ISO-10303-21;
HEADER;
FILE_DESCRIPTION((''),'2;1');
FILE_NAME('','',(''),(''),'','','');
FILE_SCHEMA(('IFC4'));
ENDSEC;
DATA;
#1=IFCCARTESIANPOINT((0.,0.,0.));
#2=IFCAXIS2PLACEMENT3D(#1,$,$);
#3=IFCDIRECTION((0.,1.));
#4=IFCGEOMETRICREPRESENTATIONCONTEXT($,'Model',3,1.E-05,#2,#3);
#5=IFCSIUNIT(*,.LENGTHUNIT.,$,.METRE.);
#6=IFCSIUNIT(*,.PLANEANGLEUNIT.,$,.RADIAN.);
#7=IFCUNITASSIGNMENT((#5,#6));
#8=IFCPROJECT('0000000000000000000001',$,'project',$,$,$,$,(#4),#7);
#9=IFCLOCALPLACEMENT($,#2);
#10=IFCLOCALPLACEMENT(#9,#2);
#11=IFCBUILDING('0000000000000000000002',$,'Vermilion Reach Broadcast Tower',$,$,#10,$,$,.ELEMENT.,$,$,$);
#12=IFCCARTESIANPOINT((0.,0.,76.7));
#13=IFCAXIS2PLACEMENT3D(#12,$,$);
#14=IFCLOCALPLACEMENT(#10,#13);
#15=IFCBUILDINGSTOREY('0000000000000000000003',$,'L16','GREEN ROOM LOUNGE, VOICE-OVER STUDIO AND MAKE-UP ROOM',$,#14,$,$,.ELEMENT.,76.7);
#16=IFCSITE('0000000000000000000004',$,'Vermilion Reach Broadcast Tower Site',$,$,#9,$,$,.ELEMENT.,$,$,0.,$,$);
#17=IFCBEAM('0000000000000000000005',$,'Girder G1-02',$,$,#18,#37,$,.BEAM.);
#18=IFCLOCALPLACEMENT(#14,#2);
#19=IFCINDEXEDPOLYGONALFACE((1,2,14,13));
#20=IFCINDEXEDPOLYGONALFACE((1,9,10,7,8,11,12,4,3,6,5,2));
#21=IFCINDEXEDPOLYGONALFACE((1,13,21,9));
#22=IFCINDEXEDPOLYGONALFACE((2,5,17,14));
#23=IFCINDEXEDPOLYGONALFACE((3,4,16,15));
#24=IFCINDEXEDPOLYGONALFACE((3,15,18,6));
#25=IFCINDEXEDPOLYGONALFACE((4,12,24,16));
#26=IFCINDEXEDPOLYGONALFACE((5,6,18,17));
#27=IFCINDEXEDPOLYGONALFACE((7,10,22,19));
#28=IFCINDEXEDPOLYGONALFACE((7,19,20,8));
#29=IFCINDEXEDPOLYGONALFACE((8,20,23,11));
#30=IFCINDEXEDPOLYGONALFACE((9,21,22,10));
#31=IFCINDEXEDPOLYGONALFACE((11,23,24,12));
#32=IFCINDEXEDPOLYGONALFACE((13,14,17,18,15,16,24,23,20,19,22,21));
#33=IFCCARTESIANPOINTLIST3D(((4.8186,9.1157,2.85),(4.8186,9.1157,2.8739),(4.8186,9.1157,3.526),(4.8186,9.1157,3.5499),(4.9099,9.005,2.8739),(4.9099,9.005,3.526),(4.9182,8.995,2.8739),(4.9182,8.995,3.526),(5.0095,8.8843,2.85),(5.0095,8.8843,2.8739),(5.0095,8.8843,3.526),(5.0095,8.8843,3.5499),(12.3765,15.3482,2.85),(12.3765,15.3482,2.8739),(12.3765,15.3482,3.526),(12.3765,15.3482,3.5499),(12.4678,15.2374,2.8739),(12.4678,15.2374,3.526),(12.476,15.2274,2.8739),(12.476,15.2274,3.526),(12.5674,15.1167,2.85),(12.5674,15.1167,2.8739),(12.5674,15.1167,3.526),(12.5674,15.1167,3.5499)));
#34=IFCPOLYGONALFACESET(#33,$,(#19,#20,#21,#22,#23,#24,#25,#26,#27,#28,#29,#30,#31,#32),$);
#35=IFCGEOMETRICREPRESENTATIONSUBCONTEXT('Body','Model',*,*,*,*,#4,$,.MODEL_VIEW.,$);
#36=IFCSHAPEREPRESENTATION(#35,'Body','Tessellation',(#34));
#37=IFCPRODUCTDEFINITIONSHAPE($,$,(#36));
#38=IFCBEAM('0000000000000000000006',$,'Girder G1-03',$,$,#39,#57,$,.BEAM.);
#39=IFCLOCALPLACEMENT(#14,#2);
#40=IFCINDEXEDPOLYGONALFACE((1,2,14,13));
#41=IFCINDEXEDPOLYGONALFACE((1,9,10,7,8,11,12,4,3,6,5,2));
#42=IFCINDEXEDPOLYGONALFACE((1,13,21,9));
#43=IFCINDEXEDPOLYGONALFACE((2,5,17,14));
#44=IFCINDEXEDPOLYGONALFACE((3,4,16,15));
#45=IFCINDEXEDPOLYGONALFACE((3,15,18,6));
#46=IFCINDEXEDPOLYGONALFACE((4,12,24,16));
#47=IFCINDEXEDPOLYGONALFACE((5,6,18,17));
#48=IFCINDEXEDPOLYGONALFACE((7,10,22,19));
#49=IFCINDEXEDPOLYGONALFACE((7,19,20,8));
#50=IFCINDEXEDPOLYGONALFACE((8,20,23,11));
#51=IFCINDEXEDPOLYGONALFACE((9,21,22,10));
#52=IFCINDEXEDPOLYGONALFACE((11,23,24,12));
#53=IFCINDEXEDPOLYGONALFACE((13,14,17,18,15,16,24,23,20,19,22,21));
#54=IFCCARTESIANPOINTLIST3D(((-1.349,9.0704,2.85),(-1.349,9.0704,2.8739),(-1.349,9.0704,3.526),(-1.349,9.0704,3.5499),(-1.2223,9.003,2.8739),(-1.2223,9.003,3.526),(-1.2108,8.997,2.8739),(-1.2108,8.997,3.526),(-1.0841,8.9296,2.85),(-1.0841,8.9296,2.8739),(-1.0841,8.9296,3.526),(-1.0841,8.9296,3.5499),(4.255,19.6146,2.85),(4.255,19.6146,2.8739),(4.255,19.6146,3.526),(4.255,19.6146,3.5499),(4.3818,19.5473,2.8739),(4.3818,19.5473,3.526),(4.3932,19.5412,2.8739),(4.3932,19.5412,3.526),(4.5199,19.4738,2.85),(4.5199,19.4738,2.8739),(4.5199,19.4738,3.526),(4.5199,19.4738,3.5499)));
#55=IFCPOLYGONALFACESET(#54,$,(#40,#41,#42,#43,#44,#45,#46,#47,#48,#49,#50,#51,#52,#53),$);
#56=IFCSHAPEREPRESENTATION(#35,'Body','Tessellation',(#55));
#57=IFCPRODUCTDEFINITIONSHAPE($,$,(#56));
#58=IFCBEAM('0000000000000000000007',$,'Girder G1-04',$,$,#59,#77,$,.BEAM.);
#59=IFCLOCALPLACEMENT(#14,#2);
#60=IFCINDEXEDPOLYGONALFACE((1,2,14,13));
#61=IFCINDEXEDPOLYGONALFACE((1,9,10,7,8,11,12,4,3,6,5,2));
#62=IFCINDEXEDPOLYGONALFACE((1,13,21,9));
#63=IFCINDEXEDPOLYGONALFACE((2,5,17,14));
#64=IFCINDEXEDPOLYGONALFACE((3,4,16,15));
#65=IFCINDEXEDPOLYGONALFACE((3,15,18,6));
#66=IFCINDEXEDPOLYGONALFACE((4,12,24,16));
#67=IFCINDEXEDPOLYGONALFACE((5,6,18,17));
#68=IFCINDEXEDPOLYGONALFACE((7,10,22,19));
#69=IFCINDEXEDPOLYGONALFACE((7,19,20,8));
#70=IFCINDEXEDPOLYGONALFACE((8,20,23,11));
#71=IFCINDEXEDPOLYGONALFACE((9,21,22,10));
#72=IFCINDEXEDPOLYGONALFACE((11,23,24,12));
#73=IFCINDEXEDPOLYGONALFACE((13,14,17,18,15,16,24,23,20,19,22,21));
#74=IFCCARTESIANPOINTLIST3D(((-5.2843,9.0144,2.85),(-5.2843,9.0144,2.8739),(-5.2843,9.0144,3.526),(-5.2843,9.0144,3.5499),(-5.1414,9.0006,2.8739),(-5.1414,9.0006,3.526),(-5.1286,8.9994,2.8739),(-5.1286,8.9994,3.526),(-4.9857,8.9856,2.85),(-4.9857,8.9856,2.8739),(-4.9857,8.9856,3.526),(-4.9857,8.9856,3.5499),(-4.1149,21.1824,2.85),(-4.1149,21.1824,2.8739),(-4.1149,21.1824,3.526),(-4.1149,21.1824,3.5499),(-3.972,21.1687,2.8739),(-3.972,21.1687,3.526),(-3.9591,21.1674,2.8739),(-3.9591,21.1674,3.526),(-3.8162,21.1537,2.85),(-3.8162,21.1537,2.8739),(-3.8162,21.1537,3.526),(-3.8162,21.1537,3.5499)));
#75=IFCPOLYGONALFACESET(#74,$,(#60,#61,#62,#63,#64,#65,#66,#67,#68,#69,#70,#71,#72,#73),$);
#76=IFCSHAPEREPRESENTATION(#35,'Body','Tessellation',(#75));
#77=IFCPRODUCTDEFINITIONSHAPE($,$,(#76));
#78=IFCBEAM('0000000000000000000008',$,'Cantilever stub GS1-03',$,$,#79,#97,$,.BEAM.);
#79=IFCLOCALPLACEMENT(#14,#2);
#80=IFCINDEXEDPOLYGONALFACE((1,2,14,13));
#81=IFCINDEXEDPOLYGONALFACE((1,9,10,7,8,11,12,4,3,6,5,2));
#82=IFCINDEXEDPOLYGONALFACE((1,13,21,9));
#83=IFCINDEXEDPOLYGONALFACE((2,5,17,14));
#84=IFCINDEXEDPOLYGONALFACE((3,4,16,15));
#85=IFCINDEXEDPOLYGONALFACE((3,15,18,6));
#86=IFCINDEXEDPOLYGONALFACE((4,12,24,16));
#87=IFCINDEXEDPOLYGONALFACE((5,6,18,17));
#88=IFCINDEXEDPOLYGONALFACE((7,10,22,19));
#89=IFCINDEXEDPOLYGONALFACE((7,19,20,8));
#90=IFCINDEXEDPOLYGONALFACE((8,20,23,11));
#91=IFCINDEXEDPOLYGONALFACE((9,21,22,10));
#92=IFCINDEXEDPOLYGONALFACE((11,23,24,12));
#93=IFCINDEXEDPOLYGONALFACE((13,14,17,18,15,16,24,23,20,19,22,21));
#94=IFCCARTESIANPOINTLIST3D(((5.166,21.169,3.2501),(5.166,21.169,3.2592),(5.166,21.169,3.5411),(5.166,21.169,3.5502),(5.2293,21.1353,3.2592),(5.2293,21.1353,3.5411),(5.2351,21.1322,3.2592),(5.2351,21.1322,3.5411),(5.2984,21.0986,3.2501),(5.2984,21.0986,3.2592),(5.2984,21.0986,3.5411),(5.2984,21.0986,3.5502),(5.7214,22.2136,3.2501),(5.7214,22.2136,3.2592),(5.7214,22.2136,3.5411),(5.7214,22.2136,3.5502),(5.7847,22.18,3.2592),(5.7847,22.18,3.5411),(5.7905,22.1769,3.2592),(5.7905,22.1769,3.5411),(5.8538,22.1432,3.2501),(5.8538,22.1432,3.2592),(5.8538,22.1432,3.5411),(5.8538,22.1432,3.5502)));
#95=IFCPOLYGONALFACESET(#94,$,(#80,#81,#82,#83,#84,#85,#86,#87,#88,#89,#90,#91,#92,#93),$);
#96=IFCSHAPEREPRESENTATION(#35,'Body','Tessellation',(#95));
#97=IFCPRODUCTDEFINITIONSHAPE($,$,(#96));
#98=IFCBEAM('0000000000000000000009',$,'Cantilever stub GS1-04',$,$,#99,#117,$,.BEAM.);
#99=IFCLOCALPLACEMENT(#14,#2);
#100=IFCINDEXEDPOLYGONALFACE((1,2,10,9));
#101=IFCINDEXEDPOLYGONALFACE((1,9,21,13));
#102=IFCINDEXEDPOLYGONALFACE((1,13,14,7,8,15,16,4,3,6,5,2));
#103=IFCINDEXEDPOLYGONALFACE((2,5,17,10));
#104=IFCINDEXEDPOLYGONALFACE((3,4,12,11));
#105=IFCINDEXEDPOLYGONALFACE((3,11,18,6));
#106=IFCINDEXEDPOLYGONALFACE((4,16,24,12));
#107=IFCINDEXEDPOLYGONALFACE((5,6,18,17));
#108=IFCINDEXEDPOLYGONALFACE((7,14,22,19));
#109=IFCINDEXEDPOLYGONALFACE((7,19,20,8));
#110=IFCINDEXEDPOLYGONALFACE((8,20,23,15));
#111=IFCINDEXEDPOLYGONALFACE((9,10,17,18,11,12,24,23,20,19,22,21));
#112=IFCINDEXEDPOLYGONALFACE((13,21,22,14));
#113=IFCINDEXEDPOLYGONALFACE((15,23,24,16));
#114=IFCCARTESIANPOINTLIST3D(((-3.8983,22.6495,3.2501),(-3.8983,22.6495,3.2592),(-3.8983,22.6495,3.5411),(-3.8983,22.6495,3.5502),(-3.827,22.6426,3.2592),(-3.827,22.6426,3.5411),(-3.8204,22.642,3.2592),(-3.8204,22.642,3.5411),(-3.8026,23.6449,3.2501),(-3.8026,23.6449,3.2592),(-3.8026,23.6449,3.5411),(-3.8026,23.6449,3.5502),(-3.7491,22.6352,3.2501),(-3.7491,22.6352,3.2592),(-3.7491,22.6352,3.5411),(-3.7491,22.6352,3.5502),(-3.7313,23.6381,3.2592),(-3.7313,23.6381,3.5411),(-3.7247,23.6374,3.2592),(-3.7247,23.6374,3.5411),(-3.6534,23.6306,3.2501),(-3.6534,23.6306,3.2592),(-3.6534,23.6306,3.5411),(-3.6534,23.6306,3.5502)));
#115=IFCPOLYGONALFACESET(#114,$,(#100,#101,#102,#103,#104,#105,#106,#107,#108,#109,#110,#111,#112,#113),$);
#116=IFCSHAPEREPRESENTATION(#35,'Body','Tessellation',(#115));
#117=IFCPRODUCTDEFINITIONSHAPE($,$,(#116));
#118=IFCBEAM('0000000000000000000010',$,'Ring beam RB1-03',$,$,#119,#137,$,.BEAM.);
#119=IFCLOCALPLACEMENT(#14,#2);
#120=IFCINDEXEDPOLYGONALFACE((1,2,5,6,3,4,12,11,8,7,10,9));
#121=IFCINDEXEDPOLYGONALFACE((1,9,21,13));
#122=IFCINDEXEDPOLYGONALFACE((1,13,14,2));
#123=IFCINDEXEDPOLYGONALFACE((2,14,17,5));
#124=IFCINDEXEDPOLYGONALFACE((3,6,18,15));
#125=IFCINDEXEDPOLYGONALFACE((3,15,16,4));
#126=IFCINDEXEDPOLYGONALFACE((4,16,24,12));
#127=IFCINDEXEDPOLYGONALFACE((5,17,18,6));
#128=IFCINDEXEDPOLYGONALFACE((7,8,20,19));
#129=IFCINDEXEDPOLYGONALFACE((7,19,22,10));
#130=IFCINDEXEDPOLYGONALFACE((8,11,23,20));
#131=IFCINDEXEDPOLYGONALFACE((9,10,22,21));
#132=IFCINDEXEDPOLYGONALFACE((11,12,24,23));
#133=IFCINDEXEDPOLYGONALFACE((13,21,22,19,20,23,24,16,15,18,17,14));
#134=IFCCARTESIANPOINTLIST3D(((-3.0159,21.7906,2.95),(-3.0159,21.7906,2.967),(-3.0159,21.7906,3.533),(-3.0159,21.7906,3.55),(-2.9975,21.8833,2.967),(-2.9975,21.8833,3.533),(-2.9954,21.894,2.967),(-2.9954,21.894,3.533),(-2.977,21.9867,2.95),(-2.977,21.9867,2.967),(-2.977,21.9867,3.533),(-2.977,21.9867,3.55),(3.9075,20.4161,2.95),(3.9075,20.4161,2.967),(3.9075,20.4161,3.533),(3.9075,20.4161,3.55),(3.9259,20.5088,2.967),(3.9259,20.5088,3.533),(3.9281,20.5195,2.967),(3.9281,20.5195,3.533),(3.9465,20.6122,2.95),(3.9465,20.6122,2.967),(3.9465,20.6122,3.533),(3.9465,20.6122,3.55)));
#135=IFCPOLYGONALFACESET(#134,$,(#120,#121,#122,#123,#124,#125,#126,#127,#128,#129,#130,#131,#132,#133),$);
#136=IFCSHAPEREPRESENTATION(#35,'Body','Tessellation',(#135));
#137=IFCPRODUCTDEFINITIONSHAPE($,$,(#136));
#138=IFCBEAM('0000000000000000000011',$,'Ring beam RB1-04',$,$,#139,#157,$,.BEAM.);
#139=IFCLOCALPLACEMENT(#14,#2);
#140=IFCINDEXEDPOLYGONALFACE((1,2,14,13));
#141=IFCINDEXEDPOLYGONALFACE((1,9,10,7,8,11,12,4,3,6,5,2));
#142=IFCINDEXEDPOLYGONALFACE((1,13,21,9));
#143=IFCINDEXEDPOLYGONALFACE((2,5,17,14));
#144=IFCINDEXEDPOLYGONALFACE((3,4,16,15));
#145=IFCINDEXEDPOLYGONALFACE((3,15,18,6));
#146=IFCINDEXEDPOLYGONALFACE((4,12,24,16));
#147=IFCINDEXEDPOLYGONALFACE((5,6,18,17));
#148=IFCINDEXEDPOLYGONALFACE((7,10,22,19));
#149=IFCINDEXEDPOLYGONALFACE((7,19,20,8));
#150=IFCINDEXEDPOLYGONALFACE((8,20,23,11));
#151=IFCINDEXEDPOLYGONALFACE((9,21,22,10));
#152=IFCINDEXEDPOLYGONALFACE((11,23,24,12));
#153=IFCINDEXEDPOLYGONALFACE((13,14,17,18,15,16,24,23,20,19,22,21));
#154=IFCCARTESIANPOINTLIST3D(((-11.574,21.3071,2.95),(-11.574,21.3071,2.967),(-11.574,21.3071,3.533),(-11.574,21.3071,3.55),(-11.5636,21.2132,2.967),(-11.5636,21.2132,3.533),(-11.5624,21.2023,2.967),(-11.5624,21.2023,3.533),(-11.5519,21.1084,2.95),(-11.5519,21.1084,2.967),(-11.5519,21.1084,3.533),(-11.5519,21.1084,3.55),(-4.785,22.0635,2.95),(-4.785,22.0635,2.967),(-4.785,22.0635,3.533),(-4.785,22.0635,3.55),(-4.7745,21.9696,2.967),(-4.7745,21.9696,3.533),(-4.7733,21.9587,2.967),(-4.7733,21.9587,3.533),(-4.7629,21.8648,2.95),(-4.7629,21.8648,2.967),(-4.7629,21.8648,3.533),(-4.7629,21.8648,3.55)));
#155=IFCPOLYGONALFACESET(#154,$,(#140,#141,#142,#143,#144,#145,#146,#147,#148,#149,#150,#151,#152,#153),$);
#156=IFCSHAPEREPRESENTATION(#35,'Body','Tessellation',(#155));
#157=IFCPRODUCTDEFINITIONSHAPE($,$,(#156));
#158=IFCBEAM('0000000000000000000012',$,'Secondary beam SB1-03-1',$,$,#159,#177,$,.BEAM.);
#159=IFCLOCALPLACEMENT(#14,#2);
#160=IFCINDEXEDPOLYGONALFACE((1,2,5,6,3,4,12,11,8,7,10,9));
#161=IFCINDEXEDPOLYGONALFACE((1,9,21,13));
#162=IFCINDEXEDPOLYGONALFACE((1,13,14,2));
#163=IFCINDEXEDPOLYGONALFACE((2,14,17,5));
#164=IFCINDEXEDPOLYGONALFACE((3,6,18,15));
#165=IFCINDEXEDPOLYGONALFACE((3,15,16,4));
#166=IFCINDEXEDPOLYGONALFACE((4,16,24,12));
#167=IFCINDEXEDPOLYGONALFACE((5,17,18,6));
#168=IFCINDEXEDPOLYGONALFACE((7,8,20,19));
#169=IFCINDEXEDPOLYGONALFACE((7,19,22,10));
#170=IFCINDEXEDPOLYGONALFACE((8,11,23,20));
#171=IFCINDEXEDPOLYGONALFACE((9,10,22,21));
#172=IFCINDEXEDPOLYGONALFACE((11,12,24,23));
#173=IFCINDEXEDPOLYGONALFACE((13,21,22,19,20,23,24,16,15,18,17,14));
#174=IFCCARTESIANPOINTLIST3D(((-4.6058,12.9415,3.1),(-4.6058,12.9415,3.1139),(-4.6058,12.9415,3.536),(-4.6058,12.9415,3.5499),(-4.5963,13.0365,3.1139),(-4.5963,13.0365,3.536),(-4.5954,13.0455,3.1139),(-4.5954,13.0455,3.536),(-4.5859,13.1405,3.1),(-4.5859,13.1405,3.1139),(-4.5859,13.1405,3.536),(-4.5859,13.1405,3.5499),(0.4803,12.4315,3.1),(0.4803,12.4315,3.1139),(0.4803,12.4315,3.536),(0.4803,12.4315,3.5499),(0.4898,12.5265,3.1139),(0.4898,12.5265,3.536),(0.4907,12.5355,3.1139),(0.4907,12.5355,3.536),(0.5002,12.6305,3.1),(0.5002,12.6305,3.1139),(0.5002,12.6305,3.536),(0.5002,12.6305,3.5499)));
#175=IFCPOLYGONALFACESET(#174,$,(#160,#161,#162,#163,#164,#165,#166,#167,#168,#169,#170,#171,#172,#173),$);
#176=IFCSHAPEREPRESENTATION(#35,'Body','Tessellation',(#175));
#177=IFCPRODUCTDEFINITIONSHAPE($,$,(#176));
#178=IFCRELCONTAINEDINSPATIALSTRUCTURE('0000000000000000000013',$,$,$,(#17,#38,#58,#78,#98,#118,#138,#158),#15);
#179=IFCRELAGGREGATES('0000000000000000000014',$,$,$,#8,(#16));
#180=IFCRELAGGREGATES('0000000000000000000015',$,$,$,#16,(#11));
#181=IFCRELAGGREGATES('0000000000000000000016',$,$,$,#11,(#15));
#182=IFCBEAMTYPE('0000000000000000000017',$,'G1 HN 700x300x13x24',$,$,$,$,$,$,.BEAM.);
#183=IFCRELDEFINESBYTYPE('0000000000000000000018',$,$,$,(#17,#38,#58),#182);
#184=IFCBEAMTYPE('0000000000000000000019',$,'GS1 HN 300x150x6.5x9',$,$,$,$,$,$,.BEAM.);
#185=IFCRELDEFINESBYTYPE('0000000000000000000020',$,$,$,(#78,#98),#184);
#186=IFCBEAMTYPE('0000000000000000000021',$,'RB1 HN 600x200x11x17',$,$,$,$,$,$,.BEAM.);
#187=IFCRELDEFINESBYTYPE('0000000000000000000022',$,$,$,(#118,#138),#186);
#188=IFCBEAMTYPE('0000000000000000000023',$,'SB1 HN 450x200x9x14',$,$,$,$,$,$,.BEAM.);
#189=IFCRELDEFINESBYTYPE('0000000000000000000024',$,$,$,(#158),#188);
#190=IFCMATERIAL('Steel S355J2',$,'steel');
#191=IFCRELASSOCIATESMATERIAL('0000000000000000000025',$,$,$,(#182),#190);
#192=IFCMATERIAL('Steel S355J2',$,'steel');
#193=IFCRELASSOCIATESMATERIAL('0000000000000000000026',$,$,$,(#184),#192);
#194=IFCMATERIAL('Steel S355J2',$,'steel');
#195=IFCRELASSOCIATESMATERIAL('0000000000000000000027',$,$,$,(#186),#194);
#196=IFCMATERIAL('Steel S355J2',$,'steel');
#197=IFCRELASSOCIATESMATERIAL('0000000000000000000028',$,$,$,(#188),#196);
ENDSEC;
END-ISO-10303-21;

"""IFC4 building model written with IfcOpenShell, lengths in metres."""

from ifc_helpers import new_model, si_unit, direction, frame, origin, origin_2d, place, context, subcontext, project, spatial, i_section, extrude, material, material_profile, profile_set, type_object, element, save


model = new_model("IFC4")

# Units and contexts
model_context = context("Model", 3, precision=1e-05, world=origin(), true_north=direction((0.0, 1.0)))
body_context = subcontext(model_context, "Body", "Model", "MODEL_VIEW")
ifc_project = project(units=[si_unit("LENGTHUNIT", "METRE"), si_unit("PLANEANGLEUNIT", "RADIAN")], contexts=[model_context])

# Site, building, storey
site_placement = place(None, origin())
site = spatial("IfcSite", under=ifc_project, at=site_placement, Name="Vermilion Reach Broadcast Tower Site", CompositionType="ELEMENT", RefElevation=0.0)
building_placement = place(site_placement, origin())
building = spatial("IfcBuilding", under=site, at=building_placement, Name="Vermilion Reach Broadcast Tower", CompositionType="ELEMENT")
storey_placement = place(building_placement, frame((0.0, 0.0, 76.7)))
storey = spatial("IfcBuildingStorey", under=building, at=storey_placement, Name="L16", Description="GREEN ROOM LOUNGE, VOICE-OVER STUDIO AND MAKE-UP ROOM", CompositionType="ELEMENT", Elevation=76.7)

# Beams
ifc_material_1 = material(Name="Steel S355J2", Category="steel")
ifc_material_profile_1 = material_profile(ifc_material_1, i_section(OverallWidth=0.3, OverallDepth=0.7, WebThickness=0.0129, FlangeThickness=0.0239, at=origin_2d()), Name="S355J2 HN 700x300x13x24")
ifc_profile_set_1 = profile_set([ifc_material_profile_1], Name="Steel S355J2")
beam_type_1 = type_object("IfcBeamType", Name="G1 HN 700x300x13x24", PredefinedType="BEAM", material=ifc_profile_set_1)
beam_1_placement = place(storey_placement, frame((4.9141, 9.0, 3.2), z_axis=(0.771514, 0.636212, 0.0), x_axis=(-0.636212, 0.771514, 0.0)))
element("IfcBeam", 1, at=beam_1_placement, inside=storey, type_object=beam_type_1, Name="Girder G1-02", PredefinedType="BEAM", context=body_context, shape_type="SweptSolid", body=[
    extrude(i_section(OverallWidth=0.3, OverallDepth=0.7, WebThickness=0.0129, FlangeThickness=0.0239, at=origin_2d()), origin(), (0.0, 0.0, 1.0), 9.7961),
])
beam_2_placement = place(storey_placement, frame((-1.2166, 9.0, 3.2), z_axis=(0.469312, 0.883032, 0.0), x_axis=(-0.883032, 0.469312, 0.0)))
element("IfcBeam", 2, at=beam_2_placement, inside=storey, type_object=beam_type_1, Name="Girder G1-03", PredefinedType="BEAM", context=body_context, shape_type="SweptSolid", body=[
    extrude(i_section(OverallWidth=0.3, OverallDepth=0.7, WebThickness=0.0129, FlangeThickness=0.0239, at=origin_2d()), origin(), (0.0, 0.0, 1.0), 11.9409),
])
beam_3_placement = place(storey_placement, frame((-5.135, 9.0, 3.2), z_axis=(0.095667, 0.995413, 0.0), x_axis=(-0.995413, 0.095667, 0.0)))
element("IfcBeam", 3, at=beam_3_placement, inside=storey, type_object=beam_type_1, Name="Girder G1-04", PredefinedType="BEAM", context=body_context, shape_type="SweptSolid", body=[
    extrude(i_section(OverallWidth=0.3, OverallDepth=0.7, WebThickness=0.0129, FlangeThickness=0.0239, at=origin_2d()), origin(), (0.0, 0.0, 1.0), 12.2241),
])
ifc_material_2 = material(Name="Steel S355J2", Category="steel")
ifc_material_profile_2 = material_profile(ifc_material_2, i_section(OverallWidth=0.1499, OverallDepth=0.3, WebThickness=0.0066, FlangeThickness=0.009, at=origin_2d()), Name="S355J2 HN 300x150x6.5x9")
ifc_profile_set_2 = profile_set([ifc_material_profile_2], Name="Steel S355J2")
beam_type_2 = type_object("IfcBeamType", Name="GS1 HN 300x150x6.5x9", PredefinedType="BEAM", material=ifc_profile_set_2)
beam_4_placement = place(storey_placement, frame((5.2322, 21.1338, 3.4001), z_axis=(0.469442, 0.882963, 0.0), x_axis=(-0.882963, 0.469442, 0.0)))
element("IfcBeam", 4, at=beam_4_placement, inside=storey, type_object=beam_type_2, Name="Cantilever stub GS1-03", PredefinedType="BEAM", context=body_context, shape_type="SweptSolid", body=[
    extrude(i_section(OverallWidth=0.1499, OverallDepth=0.3, WebThickness=0.0066, FlangeThickness=0.009, at=origin_2d()), origin(), (0.0, 0.0, 1.0), 1.1831),
])
beam_5_placement = place(storey_placement, frame((-3.8237, 22.6423, 3.4001), z_axis=(0.095708, 0.995409, 0.0), x_axis=(-0.995409, 0.095708, 0.0)))
element("IfcBeam", 5, at=beam_5_placement, inside=storey, type_object=beam_type_2, Name="Cantilever stub GS1-04", PredefinedType="BEAM", context=body_context, shape_type="SweptSolid", body=[
    extrude(i_section(OverallWidth=0.1499, OverallDepth=0.3, WebThickness=0.0066, FlangeThickness=0.009, at=origin_2d()), origin(), (0.0, 0.0, 1.0), 1.0),
])
ifc_material_3 = material(Name="Steel S355J2", Category="steel")
ifc_material_profile_3 = material_profile(ifc_material_3, i_section(OverallWidth=0.2, OverallDepth=0.6001, WebThickness=0.011, FlangeThickness=0.0171, at=origin_2d()), Name="S355J2 HN 600x200x11x17")
ifc_profile_set_3 = profile_set([ifc_material_profile_3], Name="Steel S355J2")
beam_type_3 = type_object("IfcBeamType", Name="RB1 HN 600x200x11x17", PredefinedType="BEAM", material=ifc_profile_set_3)
beam_6_placement = place(storey_placement, frame((3.927, 20.5142, 3.25), z_axis=(-0.980858, 0.194726, 0.0), x_axis=(-0.194726, -0.980858, 0.0)))
element("IfcBeam", 6, at=beam_6_placement, inside=storey, type_object=beam_type_3, Name="Ring beam RB1-03", PredefinedType="BEAM", context=body_context, shape_type="SweptSolid", body=[
    extrude(i_section(OverallWidth=0.2, OverallDepth=0.6001, WebThickness=0.011, FlangeThickness=0.0171, at=origin_2d()), origin(), (0.0, 0.0, 1.0), 7.0586),
])
beam_7_placement = place(storey_placement, frame((-4.7739, 21.9641, 3.25), z_axis=(-0.993851, -0.110722, 0.0), x_axis=(0.110722, -0.993851, 0.0)))
element("IfcBeam", 7, at=beam_7_placement, inside=storey, type_object=beam_type_3, Name="Ring beam RB1-04", PredefinedType="BEAM", context=body_context, shape_type="SweptSolid", body=[
    extrude(i_section(OverallWidth=0.2, OverallDepth=0.6001, WebThickness=0.011, FlangeThickness=0.0171, at=origin_2d()), origin(), (0.0, 0.0, 1.0), 6.8311),
])
ifc_material_4 = material(Name="Steel S355J2", Category="steel")
ifc_material_profile_4 = material_profile(ifc_material_4, i_section(OverallWidth=0.2, OverallDepth=0.45, WebThickness=0.009, FlangeThickness=0.0139, at=origin_2d()), Name="S355J2 HN 450x200x9x14")
ifc_profile_set_4 = profile_set([ifc_material_profile_4], Name="Steel S355J2")
beam_type_4 = type_object("IfcBeamType", Name="SB1 HN 450x200x9x14", PredefinedType="BEAM", material=ifc_profile_set_4)
beam_8_placement = place(storey_placement, frame((0.4902, 12.531, 3.325), z_axis=(-0.99501, 0.099773, 0.0), x_axis=(-0.099773, -0.99501, 0.0)))
element("IfcBeam", 8, at=beam_8_placement, inside=storey, type_object=beam_type_4, Name="Secondary beam SB1-03-1", PredefinedType="BEAM", context=body_context, shape_type="SweptSolid", body=[
    extrude(i_section(OverallWidth=0.2, OverallDepth=0.45, WebThickness=0.009, FlangeThickness=0.0139, at=origin_2d()), origin(), (0.0, 0.0, 1.0), 5.1116),
])

save(model, "model.ifc")
